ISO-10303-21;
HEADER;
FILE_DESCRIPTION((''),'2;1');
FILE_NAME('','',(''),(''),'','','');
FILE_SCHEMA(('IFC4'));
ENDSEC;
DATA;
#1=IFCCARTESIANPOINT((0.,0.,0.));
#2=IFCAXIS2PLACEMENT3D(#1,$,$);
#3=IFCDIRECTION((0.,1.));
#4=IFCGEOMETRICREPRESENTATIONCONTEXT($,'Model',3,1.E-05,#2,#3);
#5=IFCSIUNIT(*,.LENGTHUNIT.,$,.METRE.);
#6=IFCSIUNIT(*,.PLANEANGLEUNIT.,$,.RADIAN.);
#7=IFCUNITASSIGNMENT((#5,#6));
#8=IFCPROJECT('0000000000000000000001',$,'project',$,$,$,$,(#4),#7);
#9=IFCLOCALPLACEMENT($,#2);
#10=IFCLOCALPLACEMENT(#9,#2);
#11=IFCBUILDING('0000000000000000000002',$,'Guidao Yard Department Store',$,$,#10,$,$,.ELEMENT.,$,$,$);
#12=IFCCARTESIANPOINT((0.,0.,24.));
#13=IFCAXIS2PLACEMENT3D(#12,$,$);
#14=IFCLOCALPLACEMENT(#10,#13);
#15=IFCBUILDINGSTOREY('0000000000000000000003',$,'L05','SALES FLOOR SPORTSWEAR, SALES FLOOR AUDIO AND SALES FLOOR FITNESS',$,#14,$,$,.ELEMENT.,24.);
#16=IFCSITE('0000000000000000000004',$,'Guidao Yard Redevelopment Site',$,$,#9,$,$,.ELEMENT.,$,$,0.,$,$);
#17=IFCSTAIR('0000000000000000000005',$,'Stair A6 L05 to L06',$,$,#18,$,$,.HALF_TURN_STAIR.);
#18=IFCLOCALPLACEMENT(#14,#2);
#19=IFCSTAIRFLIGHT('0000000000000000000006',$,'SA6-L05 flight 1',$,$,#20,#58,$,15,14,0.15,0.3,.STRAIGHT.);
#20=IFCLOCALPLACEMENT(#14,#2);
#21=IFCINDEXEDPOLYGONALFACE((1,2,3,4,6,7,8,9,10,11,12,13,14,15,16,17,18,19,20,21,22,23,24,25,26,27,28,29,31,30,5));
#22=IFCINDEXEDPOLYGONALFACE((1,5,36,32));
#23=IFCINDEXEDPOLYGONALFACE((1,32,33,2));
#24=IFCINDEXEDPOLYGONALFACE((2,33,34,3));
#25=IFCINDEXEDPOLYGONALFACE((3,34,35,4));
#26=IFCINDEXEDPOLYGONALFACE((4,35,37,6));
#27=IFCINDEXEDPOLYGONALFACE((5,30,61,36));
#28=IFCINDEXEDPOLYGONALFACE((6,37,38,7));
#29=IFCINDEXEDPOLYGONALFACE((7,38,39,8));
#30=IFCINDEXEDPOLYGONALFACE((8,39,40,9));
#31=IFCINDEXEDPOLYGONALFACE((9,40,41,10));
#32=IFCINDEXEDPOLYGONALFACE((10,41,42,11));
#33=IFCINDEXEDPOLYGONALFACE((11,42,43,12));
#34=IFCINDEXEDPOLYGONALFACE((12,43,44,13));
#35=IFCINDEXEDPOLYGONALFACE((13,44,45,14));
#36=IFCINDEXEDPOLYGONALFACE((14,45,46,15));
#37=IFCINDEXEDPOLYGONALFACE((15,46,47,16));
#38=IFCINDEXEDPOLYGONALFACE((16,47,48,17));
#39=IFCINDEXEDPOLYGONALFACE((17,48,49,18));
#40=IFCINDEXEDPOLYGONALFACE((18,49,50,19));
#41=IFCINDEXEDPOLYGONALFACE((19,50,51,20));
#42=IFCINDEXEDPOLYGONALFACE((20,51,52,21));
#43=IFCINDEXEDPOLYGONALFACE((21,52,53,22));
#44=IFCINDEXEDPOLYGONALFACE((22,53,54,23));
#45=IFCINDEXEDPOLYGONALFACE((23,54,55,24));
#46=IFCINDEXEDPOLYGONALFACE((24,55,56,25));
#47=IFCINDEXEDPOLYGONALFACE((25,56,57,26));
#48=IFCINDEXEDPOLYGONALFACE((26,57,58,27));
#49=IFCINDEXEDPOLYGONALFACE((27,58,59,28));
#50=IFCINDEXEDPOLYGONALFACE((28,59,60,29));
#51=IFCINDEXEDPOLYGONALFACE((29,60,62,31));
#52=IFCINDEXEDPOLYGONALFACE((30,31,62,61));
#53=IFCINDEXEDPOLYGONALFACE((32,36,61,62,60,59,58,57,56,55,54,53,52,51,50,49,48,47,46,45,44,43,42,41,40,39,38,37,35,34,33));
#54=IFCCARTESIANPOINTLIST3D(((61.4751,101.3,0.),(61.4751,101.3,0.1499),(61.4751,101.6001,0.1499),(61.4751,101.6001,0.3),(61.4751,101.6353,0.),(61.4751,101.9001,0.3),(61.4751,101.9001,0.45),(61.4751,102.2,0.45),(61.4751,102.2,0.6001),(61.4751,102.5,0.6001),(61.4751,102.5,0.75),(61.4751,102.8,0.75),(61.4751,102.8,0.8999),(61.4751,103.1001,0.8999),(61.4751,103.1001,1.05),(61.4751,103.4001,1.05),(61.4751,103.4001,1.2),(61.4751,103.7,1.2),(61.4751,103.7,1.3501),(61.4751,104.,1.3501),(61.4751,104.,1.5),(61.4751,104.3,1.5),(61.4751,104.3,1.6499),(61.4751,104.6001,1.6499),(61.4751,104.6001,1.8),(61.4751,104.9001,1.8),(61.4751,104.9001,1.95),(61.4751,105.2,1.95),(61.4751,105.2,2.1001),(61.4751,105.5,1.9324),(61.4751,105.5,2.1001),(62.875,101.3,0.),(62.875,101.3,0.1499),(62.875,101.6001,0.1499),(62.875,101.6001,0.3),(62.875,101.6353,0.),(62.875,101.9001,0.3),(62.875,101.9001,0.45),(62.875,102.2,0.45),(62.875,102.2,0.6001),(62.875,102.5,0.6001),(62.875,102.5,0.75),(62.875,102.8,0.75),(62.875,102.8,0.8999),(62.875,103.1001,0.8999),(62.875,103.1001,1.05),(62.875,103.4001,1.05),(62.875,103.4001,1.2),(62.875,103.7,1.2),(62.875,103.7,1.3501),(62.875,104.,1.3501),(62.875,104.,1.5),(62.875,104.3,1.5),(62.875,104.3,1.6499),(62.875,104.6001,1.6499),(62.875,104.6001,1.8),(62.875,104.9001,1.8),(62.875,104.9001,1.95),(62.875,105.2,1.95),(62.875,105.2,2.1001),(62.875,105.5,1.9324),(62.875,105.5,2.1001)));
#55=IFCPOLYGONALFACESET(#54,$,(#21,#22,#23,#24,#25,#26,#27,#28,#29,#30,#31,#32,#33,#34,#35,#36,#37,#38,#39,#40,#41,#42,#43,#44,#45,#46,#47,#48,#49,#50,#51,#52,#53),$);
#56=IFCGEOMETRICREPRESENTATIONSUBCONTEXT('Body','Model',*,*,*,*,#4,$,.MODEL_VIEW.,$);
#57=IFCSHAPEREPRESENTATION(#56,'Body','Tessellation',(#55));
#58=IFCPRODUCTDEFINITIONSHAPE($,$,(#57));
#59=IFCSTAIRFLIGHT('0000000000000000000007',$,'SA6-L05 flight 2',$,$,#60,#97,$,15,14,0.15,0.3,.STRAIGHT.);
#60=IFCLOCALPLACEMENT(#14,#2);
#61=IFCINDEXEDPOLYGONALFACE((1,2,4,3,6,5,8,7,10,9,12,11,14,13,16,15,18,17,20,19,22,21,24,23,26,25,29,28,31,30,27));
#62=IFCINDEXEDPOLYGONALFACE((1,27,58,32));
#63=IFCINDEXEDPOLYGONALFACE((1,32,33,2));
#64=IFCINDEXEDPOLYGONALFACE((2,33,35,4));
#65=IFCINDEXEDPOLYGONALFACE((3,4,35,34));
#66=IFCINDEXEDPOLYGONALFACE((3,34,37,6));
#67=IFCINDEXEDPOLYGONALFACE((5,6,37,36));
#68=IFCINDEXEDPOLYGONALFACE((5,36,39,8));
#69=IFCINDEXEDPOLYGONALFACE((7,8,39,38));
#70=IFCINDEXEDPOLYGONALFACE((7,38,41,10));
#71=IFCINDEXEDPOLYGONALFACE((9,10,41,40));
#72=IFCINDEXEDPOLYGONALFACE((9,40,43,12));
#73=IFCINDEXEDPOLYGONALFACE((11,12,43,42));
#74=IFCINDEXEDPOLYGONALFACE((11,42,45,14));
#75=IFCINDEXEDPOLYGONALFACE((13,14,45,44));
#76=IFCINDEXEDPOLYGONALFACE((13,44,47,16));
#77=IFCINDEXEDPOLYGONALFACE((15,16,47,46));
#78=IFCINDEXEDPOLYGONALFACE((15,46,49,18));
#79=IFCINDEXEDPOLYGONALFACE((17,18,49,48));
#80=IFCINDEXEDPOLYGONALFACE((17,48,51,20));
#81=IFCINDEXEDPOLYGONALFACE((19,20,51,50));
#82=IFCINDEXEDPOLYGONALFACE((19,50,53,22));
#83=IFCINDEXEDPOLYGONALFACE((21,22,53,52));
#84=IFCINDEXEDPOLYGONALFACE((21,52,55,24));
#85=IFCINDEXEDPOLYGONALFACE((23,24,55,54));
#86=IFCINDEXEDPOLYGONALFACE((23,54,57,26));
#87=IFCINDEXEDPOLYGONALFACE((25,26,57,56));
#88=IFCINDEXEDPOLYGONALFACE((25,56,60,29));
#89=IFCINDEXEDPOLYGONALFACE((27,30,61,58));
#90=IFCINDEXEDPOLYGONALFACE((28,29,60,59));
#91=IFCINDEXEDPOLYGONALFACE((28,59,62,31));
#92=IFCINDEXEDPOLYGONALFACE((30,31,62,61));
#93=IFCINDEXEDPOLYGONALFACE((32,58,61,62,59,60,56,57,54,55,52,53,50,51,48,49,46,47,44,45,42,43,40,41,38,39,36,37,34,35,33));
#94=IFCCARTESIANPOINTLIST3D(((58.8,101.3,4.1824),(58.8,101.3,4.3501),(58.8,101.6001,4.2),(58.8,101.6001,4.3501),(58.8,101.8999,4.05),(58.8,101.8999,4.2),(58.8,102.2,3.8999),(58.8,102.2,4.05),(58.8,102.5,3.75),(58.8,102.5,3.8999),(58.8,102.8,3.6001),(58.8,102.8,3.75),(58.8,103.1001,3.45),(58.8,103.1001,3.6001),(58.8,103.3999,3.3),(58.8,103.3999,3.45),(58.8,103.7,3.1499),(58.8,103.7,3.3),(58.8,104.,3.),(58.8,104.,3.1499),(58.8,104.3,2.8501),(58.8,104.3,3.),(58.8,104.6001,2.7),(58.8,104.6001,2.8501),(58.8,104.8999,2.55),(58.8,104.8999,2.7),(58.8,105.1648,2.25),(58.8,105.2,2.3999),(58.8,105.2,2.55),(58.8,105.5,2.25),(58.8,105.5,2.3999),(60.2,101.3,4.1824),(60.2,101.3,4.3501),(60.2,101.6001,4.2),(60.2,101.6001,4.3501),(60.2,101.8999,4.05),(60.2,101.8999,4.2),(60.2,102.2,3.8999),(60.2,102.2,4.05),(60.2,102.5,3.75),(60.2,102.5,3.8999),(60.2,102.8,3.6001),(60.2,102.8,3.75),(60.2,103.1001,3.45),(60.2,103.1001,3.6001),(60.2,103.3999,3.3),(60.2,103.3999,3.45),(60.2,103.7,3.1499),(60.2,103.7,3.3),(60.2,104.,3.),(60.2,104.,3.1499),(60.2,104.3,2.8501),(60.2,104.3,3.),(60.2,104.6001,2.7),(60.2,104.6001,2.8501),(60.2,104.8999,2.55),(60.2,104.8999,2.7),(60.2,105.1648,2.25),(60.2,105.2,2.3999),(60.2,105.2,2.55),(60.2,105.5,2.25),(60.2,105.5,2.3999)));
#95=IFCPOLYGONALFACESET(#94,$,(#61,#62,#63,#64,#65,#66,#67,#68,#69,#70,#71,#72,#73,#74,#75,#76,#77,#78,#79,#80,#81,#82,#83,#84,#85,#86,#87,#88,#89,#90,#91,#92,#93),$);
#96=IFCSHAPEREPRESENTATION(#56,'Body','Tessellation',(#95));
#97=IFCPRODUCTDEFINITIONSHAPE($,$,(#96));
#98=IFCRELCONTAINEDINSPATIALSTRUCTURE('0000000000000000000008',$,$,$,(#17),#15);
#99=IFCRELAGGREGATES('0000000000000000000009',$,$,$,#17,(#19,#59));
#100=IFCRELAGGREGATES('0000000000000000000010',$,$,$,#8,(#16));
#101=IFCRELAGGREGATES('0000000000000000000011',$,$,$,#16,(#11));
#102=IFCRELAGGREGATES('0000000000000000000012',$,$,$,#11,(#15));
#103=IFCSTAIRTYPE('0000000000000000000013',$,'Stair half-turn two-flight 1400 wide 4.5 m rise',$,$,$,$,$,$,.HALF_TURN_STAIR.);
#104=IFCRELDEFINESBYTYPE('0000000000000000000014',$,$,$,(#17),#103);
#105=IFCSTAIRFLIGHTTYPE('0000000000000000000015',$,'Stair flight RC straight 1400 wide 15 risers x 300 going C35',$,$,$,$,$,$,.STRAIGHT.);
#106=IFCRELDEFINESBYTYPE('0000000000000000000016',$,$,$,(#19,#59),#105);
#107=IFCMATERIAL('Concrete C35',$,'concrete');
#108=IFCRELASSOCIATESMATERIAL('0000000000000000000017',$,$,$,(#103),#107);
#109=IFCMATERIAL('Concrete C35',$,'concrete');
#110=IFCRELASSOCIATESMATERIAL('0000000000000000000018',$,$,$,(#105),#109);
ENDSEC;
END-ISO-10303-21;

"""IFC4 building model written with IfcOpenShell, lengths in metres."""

from ifc_helpers import new_model, si_unit, direction, frame, origin, place, context, subcontext, project, spatial, polyline, outline, extrude, material, type_object, element, aggregate, save


model = new_model("IFC4")

# Units and contexts
model_context = context("Model", 3, precision=1e-05, world=origin(), true_north=direction((0.0, 1.0)))
body_context = subcontext(model_context, "Body", "Model", "MODEL_VIEW")
ifc_project = project(units=[si_unit("LENGTHUNIT", "METRE"), si_unit("PLANEANGLEUNIT", "RADIAN")], contexts=[model_context])

# Site, building, storey
site_placement = place(None, origin())
site = spatial("IfcSite", under=ifc_project, at=site_placement, Name="Guidao Yard Redevelopment Site", CompositionType="ELEMENT", RefElevation=0.0)
building_placement = place(site_placement, origin())
building = spatial("IfcBuilding", under=site, at=building_placement, Name="Guidao Yard Department Store", CompositionType="ELEMENT")
storey_placement = place(building_placement, frame((0.0, 0.0, 24.0)))
storey = spatial("IfcBuildingStorey", under=building, at=storey_placement, Name="L05", Description="SALES FLOOR SPORTSWEAR, SALES FLOOR AUDIO AND SALES FLOOR FITNESS", CompositionType="ELEMENT", Elevation=24.0)

# Stair, stair flights
ifc_material_1 = material(Name="Concrete C35", Category="concrete")
stair_type = type_object("IfcStairType", Name="Stair half-turn two-flight 1400 wide 4.5 m rise", PredefinedType="HALF_TURN_STAIR", material=ifc_material_1)
stair_placement = place(storey_placement, origin())
stair = element("IfcStair", 1, at=stair_placement, inside=storey, type_object=stair_type, Name="Stair A6 L05 to L06", PredefinedType="HALF_TURN_STAIR")
ifc_material_2 = material(Name="Concrete C35", Category="concrete")
stair_flight_type = type_object("IfcStairFlightType", Name="Stair flight RC straight 1400 wide 15 risers x 300 going C35", PredefinedType="STRAIGHT", material=ifc_material_2)
stair_flight_1_placement = place(storey_placement, frame((62.175, 101.3, 0.0), z_axis=(0.0, 0.0, 1.0), x_axis=(0.0, 1.0, 0.0)))
stair_flight_1 = element("IfcStairFlight", 2, at=stair_flight_1_placement, type_object=stair_flight_type, Name="SA6-L05 flight 1", NumberOfRisers=15, NumberOfTreads=14, PredefinedType="STRAIGHT", RiserHeight=0.15, TreadLength=0.3, context=body_context, shape_type="SweptSolid", body=[
    extrude(outline(polyline([(0.0, 0.0), (0.0, 0.1499), (0.3, 0.1499), (0.3, 0.3), (0.6001, 0.3), (0.6001, 0.45), (0.8999, 0.45), (0.8999, 0.6001), (1.2, 0.6001), (1.2, 0.75), (1.5, 0.75), (1.5, 0.8999), (1.8, 0.8999), (1.8, 1.05), (2.1001, 1.05), (2.1001, 1.2), (2.3999, 1.2), (2.3999, 1.3501), (2.7, 1.3501), (2.7, 1.5), (3.0, 1.5), (3.0, 1.6499), (3.3, 1.6499), (3.3, 1.8), (3.6001, 1.8), (3.6001, 1.95), (3.8999, 1.95), (3.8999, 2.1001), (4.2, 2.1001), (4.2, 2.25), (4.2, 1.9324), (0.3352, 0.0), (0.0, 0.0)])), frame((0.0, 0.7, 0.0), z_axis=(0.0, -1.0, 0.0), x_axis=(1.0, 0.0, 0.0)), (0.0, 0.0, 1.0), 1.3999),
])
stair_flight_2_placement = place(storey_placement, frame((59.5, 105.5, 2.25), z_axis=(0.0, 0.0, 1.0), x_axis=(0.0, -1.0, 0.0)))
stair_flight_2 = element("IfcStairFlight", 3, at=stair_flight_2_placement, type_object=stair_flight_type, Name="SA6-L05 flight 2", NumberOfRisers=15, NumberOfTreads=14, PredefinedType="STRAIGHT", RiserHeight=0.15, TreadLength=0.3, context=body_context, shape_type="SweptSolid", body=[
    extrude(outline(polyline([(0.0, 0.0), (0.0, 0.1499), (0.3, 0.1499), (0.3, 0.3), (0.6001, 0.3), (0.6001, 0.45), (0.8999, 0.45), (0.8999, 0.6001), (1.2, 0.6001), (1.2, 0.75), (1.5, 0.75), (1.5, 0.8999), (1.8, 0.8999), (1.8, 1.05), (2.1001, 1.05), (2.1001, 1.2), (2.3999, 1.2), (2.3999, 1.3501), (2.7, 1.3501), (2.7, 1.5), (3.0, 1.5), (3.0, 1.6499), (3.3, 1.6499), (3.3, 1.8), (3.6001, 1.8), (3.6001, 1.95), (3.8999, 1.95), (3.8999, 2.1001), (4.2, 2.1001), (4.2, 2.25), (4.2, 1.9324), (0.3352, 0.0), (0.0, 0.0)])), frame((0.0, 0.7, 0.0), z_axis=(0.0, -1.0, 0.0), x_axis=(1.0, 0.0, 0.0)), (0.0, 0.0, 1.0), 1.3999),
])
aggregate(stair, [stair_flight_1, stair_flight_2])

save(model, "model.ifc")
